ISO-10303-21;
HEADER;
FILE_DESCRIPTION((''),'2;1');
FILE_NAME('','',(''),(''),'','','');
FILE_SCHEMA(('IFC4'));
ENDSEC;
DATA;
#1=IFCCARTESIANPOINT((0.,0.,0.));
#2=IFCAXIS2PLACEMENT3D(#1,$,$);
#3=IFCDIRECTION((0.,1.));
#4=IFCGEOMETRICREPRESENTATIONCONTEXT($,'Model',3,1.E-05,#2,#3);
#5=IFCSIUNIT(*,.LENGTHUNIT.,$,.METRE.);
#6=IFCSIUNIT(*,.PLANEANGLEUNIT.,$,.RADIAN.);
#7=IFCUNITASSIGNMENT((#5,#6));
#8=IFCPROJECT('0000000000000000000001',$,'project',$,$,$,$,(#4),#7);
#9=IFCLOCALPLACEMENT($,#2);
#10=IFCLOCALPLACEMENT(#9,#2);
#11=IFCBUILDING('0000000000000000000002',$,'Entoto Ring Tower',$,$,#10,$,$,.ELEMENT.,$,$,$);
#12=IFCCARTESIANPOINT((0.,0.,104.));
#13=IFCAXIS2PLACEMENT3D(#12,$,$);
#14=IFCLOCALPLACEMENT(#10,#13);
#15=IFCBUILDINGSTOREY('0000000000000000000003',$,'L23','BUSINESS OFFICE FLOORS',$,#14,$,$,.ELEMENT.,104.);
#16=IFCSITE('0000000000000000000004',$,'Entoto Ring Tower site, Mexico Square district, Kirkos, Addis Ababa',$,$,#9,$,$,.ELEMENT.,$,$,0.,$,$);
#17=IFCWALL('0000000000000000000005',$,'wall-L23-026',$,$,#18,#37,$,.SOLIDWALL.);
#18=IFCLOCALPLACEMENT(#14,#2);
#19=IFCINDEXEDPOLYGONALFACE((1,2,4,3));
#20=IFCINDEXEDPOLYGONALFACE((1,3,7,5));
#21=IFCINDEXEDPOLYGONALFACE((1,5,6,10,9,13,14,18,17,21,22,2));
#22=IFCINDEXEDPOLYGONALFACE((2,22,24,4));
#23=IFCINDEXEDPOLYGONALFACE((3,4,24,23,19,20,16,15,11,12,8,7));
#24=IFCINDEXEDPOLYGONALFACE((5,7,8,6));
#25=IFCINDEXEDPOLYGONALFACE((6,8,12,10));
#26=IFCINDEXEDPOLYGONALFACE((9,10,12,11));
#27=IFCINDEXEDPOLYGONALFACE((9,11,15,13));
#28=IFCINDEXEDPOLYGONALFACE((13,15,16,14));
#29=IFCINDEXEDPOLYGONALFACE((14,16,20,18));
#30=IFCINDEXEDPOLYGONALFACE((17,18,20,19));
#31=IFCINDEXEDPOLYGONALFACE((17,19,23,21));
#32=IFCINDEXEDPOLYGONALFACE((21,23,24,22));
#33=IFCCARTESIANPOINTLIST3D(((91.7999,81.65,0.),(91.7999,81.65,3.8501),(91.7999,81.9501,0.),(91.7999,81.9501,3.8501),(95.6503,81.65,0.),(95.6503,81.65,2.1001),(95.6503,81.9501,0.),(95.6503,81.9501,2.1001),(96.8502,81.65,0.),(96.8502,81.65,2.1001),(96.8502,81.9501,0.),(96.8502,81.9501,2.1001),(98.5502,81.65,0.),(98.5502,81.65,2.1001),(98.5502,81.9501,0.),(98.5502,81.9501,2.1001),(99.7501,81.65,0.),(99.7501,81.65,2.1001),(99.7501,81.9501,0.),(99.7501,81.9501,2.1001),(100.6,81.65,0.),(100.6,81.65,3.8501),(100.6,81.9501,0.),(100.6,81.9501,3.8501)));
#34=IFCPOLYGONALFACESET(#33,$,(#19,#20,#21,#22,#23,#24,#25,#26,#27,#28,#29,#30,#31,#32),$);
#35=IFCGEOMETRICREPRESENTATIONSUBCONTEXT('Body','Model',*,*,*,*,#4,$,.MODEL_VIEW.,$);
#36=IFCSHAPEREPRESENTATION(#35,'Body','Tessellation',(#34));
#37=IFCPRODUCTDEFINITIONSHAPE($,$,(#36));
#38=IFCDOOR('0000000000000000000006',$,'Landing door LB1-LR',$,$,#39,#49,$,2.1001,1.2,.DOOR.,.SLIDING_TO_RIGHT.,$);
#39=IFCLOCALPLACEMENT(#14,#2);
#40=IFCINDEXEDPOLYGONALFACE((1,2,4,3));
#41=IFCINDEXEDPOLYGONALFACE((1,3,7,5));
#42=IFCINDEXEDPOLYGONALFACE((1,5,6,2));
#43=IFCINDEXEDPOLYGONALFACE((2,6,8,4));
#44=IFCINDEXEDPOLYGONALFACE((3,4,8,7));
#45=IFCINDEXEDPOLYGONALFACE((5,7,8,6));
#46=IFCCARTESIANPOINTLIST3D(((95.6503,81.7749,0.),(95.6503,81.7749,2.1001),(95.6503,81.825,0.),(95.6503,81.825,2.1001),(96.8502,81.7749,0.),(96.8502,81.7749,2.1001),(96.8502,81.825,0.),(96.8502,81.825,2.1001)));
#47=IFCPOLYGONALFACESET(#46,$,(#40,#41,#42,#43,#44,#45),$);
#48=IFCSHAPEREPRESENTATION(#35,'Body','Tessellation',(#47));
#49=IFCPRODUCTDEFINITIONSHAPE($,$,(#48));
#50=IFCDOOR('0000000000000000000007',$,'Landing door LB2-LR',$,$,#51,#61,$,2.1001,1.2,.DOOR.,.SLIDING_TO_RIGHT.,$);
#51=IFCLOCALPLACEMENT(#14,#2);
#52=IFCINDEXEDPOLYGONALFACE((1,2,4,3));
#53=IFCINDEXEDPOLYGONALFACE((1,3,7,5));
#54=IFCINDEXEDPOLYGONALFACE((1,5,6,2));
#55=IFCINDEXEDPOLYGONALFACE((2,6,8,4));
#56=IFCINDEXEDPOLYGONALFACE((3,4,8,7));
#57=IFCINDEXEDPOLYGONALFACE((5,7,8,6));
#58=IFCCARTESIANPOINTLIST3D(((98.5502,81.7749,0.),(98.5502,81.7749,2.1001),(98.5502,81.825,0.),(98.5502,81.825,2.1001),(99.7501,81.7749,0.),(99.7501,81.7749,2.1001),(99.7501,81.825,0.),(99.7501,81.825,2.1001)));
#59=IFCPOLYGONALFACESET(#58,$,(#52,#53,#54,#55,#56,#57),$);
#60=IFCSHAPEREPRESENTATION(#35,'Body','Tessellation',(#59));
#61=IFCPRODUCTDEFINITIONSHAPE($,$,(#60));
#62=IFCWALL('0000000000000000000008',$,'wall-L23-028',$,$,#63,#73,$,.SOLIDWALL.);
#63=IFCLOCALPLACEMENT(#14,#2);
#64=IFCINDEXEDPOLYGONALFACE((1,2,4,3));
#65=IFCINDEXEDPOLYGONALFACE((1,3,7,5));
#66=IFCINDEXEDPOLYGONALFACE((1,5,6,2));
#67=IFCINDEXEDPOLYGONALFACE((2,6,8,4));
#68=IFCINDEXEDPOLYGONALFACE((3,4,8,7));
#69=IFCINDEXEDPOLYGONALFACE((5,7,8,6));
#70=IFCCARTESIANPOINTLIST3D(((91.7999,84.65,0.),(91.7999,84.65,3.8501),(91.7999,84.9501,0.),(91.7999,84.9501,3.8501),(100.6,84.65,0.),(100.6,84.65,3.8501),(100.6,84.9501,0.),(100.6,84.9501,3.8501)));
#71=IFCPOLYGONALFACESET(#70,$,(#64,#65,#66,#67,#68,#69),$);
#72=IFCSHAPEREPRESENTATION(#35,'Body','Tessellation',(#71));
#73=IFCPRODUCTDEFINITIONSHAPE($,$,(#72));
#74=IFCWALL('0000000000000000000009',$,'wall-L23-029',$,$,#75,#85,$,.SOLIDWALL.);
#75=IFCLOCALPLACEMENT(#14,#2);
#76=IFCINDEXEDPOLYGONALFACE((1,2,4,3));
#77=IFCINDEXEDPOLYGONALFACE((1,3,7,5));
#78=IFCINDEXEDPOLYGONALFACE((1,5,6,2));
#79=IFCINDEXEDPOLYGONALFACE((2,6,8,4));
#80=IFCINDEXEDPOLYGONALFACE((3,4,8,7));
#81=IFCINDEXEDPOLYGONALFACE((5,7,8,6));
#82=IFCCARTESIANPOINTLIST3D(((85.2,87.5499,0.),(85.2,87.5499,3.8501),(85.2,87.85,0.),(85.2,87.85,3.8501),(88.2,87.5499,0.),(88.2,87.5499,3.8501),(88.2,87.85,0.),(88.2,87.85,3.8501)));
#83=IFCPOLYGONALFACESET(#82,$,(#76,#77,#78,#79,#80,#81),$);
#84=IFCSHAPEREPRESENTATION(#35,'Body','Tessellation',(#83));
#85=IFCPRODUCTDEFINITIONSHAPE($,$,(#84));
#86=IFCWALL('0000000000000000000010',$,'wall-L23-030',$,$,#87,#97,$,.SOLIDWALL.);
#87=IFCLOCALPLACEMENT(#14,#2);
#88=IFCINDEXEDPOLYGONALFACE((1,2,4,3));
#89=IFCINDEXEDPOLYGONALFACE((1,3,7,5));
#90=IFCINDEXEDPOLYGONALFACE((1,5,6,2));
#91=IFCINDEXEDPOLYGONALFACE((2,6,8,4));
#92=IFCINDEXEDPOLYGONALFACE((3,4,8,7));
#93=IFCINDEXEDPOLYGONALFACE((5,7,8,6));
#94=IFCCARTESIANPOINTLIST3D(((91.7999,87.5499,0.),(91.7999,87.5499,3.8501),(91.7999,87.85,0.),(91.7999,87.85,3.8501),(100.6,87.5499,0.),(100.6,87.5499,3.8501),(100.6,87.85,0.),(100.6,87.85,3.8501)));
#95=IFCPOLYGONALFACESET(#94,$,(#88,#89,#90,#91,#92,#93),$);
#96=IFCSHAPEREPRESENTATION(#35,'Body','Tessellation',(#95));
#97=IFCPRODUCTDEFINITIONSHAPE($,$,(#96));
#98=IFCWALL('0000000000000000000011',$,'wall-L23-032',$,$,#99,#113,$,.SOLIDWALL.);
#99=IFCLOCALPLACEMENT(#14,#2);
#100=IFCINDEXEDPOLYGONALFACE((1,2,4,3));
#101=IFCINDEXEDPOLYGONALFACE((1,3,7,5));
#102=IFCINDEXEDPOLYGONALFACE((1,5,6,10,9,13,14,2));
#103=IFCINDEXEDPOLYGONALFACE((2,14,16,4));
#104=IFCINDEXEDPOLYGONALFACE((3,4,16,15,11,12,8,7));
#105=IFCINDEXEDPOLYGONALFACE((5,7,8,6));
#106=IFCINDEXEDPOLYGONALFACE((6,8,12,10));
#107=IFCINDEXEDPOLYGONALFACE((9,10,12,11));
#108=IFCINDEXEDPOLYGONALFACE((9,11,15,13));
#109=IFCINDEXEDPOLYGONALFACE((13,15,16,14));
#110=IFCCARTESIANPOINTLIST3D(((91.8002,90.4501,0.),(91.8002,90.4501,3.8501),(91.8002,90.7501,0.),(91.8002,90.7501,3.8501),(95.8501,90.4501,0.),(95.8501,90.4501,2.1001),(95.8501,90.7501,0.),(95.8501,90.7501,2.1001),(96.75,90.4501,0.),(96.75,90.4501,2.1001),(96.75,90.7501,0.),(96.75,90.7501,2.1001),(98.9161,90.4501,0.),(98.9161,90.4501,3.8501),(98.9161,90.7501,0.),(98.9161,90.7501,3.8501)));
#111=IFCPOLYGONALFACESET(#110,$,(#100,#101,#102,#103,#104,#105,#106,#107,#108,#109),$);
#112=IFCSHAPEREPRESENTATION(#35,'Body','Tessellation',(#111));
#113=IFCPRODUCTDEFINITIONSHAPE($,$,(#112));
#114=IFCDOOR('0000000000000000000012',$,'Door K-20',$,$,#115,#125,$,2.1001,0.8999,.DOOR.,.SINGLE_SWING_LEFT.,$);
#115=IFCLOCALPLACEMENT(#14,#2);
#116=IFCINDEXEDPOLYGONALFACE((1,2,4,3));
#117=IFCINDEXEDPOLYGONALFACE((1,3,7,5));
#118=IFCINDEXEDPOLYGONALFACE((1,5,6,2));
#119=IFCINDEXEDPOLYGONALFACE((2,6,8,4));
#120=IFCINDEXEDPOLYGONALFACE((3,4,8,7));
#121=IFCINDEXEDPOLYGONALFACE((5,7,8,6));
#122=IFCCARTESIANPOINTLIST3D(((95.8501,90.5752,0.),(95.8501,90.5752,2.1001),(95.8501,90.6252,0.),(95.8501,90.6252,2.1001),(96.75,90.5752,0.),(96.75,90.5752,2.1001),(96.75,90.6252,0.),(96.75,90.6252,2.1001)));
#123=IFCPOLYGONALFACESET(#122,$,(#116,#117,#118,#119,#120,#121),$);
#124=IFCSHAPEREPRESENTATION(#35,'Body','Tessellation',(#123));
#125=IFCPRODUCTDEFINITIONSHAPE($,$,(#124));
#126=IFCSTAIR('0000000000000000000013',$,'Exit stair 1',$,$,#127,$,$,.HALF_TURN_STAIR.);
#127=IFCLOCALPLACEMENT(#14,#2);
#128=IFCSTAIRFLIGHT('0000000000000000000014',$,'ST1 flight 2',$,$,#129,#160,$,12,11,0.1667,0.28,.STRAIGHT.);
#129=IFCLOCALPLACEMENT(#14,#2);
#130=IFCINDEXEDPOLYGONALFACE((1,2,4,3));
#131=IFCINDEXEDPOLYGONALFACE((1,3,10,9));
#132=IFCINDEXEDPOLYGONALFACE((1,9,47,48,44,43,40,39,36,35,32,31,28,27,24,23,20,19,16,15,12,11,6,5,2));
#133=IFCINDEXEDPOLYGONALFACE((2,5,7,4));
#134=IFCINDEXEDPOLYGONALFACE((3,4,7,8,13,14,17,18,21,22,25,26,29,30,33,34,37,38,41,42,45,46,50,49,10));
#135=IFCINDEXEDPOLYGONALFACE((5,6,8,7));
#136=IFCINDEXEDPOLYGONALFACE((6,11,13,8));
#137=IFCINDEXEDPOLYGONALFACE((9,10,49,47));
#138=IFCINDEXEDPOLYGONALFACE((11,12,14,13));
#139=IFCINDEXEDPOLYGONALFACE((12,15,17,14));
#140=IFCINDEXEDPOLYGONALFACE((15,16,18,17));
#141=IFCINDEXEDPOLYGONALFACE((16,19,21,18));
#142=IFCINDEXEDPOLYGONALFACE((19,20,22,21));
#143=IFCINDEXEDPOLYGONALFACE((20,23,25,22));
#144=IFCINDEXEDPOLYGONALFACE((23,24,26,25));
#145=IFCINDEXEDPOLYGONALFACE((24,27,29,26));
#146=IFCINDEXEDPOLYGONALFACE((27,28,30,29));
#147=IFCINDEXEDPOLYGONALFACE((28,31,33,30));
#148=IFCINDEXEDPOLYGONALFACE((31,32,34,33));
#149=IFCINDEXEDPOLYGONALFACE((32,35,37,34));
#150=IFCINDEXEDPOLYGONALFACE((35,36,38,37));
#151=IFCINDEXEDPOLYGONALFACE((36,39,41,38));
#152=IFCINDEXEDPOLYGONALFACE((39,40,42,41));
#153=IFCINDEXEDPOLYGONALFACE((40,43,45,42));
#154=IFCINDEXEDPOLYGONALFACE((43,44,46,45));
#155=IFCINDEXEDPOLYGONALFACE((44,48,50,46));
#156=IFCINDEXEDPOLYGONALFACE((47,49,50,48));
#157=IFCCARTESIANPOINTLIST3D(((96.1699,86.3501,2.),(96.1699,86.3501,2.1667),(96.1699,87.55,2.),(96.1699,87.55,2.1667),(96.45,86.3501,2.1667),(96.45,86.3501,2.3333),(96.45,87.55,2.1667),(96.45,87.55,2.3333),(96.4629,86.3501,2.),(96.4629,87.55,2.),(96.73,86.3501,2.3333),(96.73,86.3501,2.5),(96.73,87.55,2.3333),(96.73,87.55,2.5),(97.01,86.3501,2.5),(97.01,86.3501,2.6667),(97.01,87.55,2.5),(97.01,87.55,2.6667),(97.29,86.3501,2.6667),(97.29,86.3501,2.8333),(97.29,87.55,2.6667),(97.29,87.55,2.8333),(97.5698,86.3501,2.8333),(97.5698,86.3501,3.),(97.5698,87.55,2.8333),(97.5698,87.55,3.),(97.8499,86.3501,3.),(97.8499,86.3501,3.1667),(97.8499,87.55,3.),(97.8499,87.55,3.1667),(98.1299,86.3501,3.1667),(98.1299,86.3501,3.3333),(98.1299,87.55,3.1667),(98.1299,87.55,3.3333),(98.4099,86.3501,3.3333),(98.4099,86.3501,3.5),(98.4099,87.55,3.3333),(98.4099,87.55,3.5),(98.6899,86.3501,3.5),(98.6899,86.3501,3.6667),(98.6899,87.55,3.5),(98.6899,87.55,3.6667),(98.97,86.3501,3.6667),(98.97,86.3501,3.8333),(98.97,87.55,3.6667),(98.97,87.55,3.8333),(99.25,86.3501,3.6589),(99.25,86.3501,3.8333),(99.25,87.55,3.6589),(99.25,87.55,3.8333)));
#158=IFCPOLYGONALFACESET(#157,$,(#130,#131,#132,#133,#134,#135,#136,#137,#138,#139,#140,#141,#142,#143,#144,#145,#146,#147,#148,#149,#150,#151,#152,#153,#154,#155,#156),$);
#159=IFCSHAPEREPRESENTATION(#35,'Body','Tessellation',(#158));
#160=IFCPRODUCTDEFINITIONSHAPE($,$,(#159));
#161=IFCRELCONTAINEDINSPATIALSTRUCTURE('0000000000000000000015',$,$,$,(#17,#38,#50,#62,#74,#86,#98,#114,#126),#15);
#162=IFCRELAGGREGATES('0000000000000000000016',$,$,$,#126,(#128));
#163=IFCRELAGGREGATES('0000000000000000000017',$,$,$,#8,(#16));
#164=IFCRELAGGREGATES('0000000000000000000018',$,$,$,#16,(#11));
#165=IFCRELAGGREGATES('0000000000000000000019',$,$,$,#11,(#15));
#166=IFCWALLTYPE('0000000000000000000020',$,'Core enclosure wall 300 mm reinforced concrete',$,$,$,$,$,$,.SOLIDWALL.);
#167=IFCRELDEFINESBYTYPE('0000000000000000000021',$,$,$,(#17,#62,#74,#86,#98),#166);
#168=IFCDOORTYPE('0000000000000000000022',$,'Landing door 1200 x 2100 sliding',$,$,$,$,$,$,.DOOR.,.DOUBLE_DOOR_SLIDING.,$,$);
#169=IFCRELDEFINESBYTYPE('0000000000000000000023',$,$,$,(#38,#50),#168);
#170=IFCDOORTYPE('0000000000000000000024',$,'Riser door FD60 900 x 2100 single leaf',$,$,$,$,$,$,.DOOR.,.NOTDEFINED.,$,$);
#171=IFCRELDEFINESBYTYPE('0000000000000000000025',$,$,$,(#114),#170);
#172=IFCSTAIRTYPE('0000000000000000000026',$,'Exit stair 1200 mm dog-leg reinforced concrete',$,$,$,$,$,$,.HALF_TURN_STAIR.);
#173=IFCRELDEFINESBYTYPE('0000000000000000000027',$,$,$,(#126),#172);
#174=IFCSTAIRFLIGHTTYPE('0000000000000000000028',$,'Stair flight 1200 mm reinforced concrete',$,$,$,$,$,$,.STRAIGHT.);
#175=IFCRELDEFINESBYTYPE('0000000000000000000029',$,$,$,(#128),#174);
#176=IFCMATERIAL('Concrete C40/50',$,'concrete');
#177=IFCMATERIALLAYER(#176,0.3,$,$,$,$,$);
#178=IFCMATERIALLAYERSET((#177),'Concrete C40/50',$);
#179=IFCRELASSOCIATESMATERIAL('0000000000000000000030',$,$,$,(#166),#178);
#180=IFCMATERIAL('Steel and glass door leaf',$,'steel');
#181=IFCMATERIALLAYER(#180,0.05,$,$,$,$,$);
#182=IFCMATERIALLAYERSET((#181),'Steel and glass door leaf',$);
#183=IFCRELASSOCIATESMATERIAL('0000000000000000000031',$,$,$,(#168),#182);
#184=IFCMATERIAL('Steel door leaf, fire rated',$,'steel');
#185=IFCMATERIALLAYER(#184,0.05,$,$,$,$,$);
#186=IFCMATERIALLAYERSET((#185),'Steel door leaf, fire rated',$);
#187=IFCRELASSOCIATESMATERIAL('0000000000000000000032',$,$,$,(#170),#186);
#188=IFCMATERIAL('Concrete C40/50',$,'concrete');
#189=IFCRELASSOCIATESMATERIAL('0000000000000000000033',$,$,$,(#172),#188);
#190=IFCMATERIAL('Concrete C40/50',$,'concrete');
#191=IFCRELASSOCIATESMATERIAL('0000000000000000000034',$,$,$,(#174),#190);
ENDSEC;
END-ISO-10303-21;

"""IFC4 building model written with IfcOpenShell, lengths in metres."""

from ifc_helpers import new_model, si_unit, direction, frame, frame_2d, origin, place, context, subcontext, project, spatial, polyline, rectangle, outline, extrude, material, layer, layer_set, type_object, element, fill, aggregate, save


model = new_model("IFC4")

# Units and contexts
model_context = context("Model", 3, precision=1e-05, world=origin(), true_north=direction((0.0, 1.0)))
body_context = subcontext(model_context, "Body", "Model", "MODEL_VIEW")
ifc_project = project(units=[si_unit("LENGTHUNIT", "METRE"), si_unit("PLANEANGLEUNIT", "RADIAN")], contexts=[model_context])

# Site, building, storey
site_placement = place(None, origin())
site = spatial("IfcSite", under=ifc_project, at=site_placement, Name="Entoto Ring Tower site, Mexico Square district, Kirkos, Addis Ababa", CompositionType="ELEMENT", RefElevation=0.0)
building_placement = place(site_placement, origin())
building = spatial("IfcBuilding", under=site, at=building_placement, Name="Entoto Ring Tower", CompositionType="ELEMENT")
storey_placement = place(building_placement, frame((0.0, 0.0, 104.0)))
storey = spatial("IfcBuildingStorey", under=building, at=storey_placement, Name="L23", Description="BUSINESS OFFICE FLOORS", CompositionType="ELEMENT", Elevation=104.0)

# Shared definitions
ifc_material_1 = material(Name="Concrete C40/50", Category="concrete")
ifc_layer_1 = layer(ifc_material_1, 0.3)
ifc_layer_set_1 = layer_set([ifc_layer_1], Name="Concrete C40/50")
wall_type = type_object("IfcWallType", Name="Core enclosure wall 300 mm reinforced concrete", PredefinedType="SOLIDWALL", material=ifc_layer_set_1)

# Wall, openings, doors
ifc_material_2 = material(Name="Steel and glass door leaf", Category="steel")
ifc_layer_2 = layer(ifc_material_2, 0.05)
ifc_layer_set_2 = layer_set([ifc_layer_2], Name="Steel and glass door leaf")
door_type_1 = type_object("IfcDoorType", Name="Landing door 1200 x 2100 sliding", OperationType="DOUBLE_DOOR_SLIDING", PredefinedType="DOOR", material=ifc_layer_set_2)
wall_1_placement = place(storey_placement, frame((91.8, 81.8, 0.0), z_axis=(0.0, 0.0, 1.0), x_axis=(1.0, 0.0, 0.0)))
wall_1 = element("IfcWall", 1, at=wall_1_placement, inside=storey, type_object=wall_type, Name="wall-L23-026", PredefinedType="SOLIDWALL", context=body_context, shape_type="SweptSolid", body=[
    extrude(rectangle(XDim=8.8, YDim=0.3, at=frame_2d((4.3999, 0.0))), origin(), (0.0, 0.0, 1.0), 3.8501),
])
opening_1_placement = place(wall_1_placement, frame((3.8501, 0.0, 0.0)))
opening_1 = element("IfcOpeningElement", 2, at=opening_1_placement, cuts=wall_1, PredefinedType="OPENING", context=body_context, shape_type="SweptSolid", body=[
    extrude(rectangle(XDim=1.2, YDim=2.1001, at=frame_2d((0.6001, 1.05))), frame((0.0, 0.1602, 0.0), z_axis=(0.0, -1.0, 0.0), x_axis=(1.0, 0.0, 0.0)), (0.0, 0.0, 1.0), 0.3201),
])
opening_2_placement = place(wall_1_placement, frame((6.75, 0.0, 0.0)))
opening_2 = element("IfcOpeningElement", 3, at=opening_2_placement, cuts=wall_1, PredefinedType="OPENING", context=body_context, shape_type="SweptSolid", body=[
    extrude(rectangle(XDim=1.2, YDim=2.1001, at=frame_2d((0.6001, 1.05))), frame((0.0, 0.1602, 0.0), z_axis=(0.0, -1.0, 0.0), x_axis=(1.0, 0.0, 0.0)), (0.0, 0.0, 1.0), 0.3201),
])
door_1_placement = place(opening_1_placement, origin())
door_1 = element("IfcDoor", 4, at=door_1_placement, inside=storey, type_object=door_type_1, Name="Landing door LB1-LR", OperationType="SLIDING_TO_RIGHT", OverallHeight=2.1001, OverallWidth=1.2, PredefinedType="DOOR", context=body_context, shape_type="SweptSolid", body=[
    extrude(rectangle(XDim=1.2, YDim=2.1001, at=frame_2d((0.6001, 1.05))), frame((0.0, 0.0249, 0.0), z_axis=(0.0, -1.0, 0.0), x_axis=(1.0, 0.0, 0.0)), (0.0, 0.0, 1.0), 0.05),
])
fill(opening_1, door_1)
door_2_placement = place(opening_2_placement, origin())
door_2 = element("IfcDoor", 5, at=door_2_placement, inside=storey, type_object=door_type_1, Name="Landing door LB2-LR", OperationType="SLIDING_TO_RIGHT", OverallHeight=2.1001, OverallWidth=1.2, PredefinedType="DOOR", context=body_context, shape_type="SweptSolid", body=[
    extrude(rectangle(XDim=1.2, YDim=2.1001, at=frame_2d((0.6001, 1.05))), frame((0.0, 0.0249, 0.0), z_axis=(0.0, -1.0, 0.0), x_axis=(1.0, 0.0, 0.0)), (0.0, 0.0, 1.0), 0.05),
])
fill(opening_2, door_2)

# Walls
wall_2_placement = place(storey_placement, frame((91.8, 84.8, 0.0), z_axis=(0.0, 0.0, 1.0), x_axis=(1.0, 0.0, 0.0)))
element("IfcWall", 6, at=wall_2_placement, inside=storey, type_object=wall_type, Name="wall-L23-028", PredefinedType="SOLIDWALL", context=body_context, shape_type="SweptSolid", body=[
    extrude(rectangle(XDim=8.8, YDim=0.3, at=frame_2d((4.3999, 0.0))), origin(), (0.0, 0.0, 1.0), 3.8501),
])
wall_3_placement = place(storey_placement, frame((85.2, 87.7, 0.0), z_axis=(0.0, 0.0, 1.0), x_axis=(1.0, 0.0, 0.0)))
element("IfcWall", 7, at=wall_3_placement, inside=storey, type_object=wall_type, Name="wall-L23-029", PredefinedType="SOLIDWALL", context=body_context, shape_type="SweptSolid", body=[
    extrude(rectangle(XDim=3.0, YDim=0.3, at=frame_2d((1.5, 0.0))), origin(), (0.0, 0.0, 1.0), 3.8501),
])
wall_4_placement = place(storey_placement, frame((91.8, 87.7, 0.0), z_axis=(0.0, 0.0, 1.0), x_axis=(1.0, 0.0, 0.0)))
element("IfcWall", 8, at=wall_4_placement, inside=storey, type_object=wall_type, Name="wall-L23-030", PredefinedType="SOLIDWALL", context=body_context, shape_type="SweptSolid", body=[
    extrude(rectangle(XDim=8.8, YDim=0.3, at=frame_2d((4.3999, 0.0))), origin(), (0.0, 0.0, 1.0), 3.8501),
])

# Wall, opening, door
wall_5_placement = place(storey_placement, frame((91.8, 90.6001, 0.0), z_axis=(0.0, 0.0, 1.0), x_axis=(1.0, 0.0, 0.0)))
wall_5 = element("IfcWall", 9, at=wall_5_placement, inside=storey, type_object=wall_type, Name="wall-L23-032", PredefinedType="SOLIDWALL", context=body_context, shape_type="SweptSolid", body=[
    extrude(rectangle(XDim=7.116, YDim=0.3, at=frame_2d((3.5581, 0.0))), origin(), (0.0, 0.0, 1.0), 3.8501),
])
opening_3_placement = place(wall_5_placement, frame((4.05, 0.0, 0.0)))
opening_3 = element("IfcOpeningElement", 10, at=opening_3_placement, cuts=wall_5, PredefinedType="OPENING", context=body_context, shape_type="SweptSolid", body=[
    extrude(rectangle(XDim=0.8999, YDim=2.1001, at=frame_2d((0.45, 1.05))), frame((0.0, 0.1602, 0.0), z_axis=(0.0, -1.0, 0.0), x_axis=(1.0, 0.0, 0.0)), (0.0, 0.0, 1.0), 0.3201),
])
ifc_material_3 = material(Name="Steel door leaf, fire rated", Category="steel")
ifc_layer_3 = layer(ifc_material_3, 0.05)
ifc_layer_set_3 = layer_set([ifc_layer_3], Name="Steel door leaf, fire rated")
door_type_2 = type_object("IfcDoorType", Name="Riser door FD60 900 x 2100 single leaf", OperationType="NOTDEFINED", PredefinedType="DOOR", material=ifc_layer_set_3)
door_3_placement = place(opening_3_placement, frame((0.8999, 0.0, 0.0), z_axis=(0.0, 0.0, 1.0), x_axis=(-1.0, 0.0, 0.0)))
door_3 = element("IfcDoor", 11, at=door_3_placement, inside=storey, type_object=door_type_2, Name="Door K-20", OperationType="SINGLE_SWING_LEFT", OverallHeight=2.1001, OverallWidth=0.8999, PredefinedType="DOOR", context=body_context, shape_type="SweptSolid", body=[
    extrude(rectangle(XDim=0.8999, YDim=2.1001, at=frame_2d((0.45, 1.05))), frame((0.0, 0.0249, 0.0), z_axis=(0.0, -1.0, 0.0), x_axis=(1.0, 0.0, 0.0)), (0.0, 0.0, 1.0), 0.05),
])
fill(opening_3, door_3)

# Stair, stair flight
ifc_material_4 = material(Name="Concrete C40/50", Category="concrete")
stair_type = type_object("IfcStairType", Name="Exit stair 1200 mm dog-leg reinforced concrete", PredefinedType="HALF_TURN_STAIR", material=ifc_material_4)
stair_placement = place(storey_placement, origin())
stair = element("IfcStair", 12, at=stair_placement, inside=storey, type_object=stair_type, Name="Exit stair 1", PredefinedType="HALF_TURN_STAIR")
ifc_material_5 = material(Name="Concrete C40/50", Category="concrete")
stair_flight_type = type_object("IfcStairFlightType", Name="Stair flight 1200 mm reinforced concrete", PredefinedType="STRAIGHT", material=ifc_material_5)
stair_flight_placement = place(storey_placement, frame((96.1699, 86.95, 2.0), z_axis=(0.0, 0.0, 1.0), x_axis=(1.0, 0.0, 0.0)))
stair_flight = element("IfcStairFlight", 13, at=stair_flight_placement, type_object=stair_flight_type, Name="ST1 flight 2", NumberOfRisers=12, NumberOfTreads=11, PredefinedType="STRAIGHT", RiserHeight=0.1667, TreadLength=0.28, context=body_context, shape_type="SweptSolid", body=[
    extrude(outline(polyline([(0.0, 0.0), (0.0, 0.1667), (0.28, 0.1667), (0.28, 0.3333), (0.5601, 0.3333), (0.5601, 0.5), (0.8401, 0.5), (0.8401, 0.6667), (1.1201, 0.6667), (1.1201, 0.8333), (1.3999, 0.8333), (1.3999, 1.0), (1.6799, 1.0), (1.6799, 1.1667), (1.96, 1.1667), (1.96, 1.3333), (2.24, 1.3333), (2.24, 1.5), (2.52, 1.5), (2.52, 1.6667), (2.8, 1.6667), (2.8, 1.8333), (3.0801, 1.8333), (3.0801, 2.0), (3.0801, 1.6589), (0.293, 0.0), (0.0, 0.0)])), frame((0.0, 0.6001, 0.0), z_axis=(0.0, -1.0, 0.0), x_axis=(1.0, 0.0, 0.0)), (0.0, 0.0, 1.0), 1.2),
])
aggregate(stair, [stair_flight])

save(model, "model.ifc")
